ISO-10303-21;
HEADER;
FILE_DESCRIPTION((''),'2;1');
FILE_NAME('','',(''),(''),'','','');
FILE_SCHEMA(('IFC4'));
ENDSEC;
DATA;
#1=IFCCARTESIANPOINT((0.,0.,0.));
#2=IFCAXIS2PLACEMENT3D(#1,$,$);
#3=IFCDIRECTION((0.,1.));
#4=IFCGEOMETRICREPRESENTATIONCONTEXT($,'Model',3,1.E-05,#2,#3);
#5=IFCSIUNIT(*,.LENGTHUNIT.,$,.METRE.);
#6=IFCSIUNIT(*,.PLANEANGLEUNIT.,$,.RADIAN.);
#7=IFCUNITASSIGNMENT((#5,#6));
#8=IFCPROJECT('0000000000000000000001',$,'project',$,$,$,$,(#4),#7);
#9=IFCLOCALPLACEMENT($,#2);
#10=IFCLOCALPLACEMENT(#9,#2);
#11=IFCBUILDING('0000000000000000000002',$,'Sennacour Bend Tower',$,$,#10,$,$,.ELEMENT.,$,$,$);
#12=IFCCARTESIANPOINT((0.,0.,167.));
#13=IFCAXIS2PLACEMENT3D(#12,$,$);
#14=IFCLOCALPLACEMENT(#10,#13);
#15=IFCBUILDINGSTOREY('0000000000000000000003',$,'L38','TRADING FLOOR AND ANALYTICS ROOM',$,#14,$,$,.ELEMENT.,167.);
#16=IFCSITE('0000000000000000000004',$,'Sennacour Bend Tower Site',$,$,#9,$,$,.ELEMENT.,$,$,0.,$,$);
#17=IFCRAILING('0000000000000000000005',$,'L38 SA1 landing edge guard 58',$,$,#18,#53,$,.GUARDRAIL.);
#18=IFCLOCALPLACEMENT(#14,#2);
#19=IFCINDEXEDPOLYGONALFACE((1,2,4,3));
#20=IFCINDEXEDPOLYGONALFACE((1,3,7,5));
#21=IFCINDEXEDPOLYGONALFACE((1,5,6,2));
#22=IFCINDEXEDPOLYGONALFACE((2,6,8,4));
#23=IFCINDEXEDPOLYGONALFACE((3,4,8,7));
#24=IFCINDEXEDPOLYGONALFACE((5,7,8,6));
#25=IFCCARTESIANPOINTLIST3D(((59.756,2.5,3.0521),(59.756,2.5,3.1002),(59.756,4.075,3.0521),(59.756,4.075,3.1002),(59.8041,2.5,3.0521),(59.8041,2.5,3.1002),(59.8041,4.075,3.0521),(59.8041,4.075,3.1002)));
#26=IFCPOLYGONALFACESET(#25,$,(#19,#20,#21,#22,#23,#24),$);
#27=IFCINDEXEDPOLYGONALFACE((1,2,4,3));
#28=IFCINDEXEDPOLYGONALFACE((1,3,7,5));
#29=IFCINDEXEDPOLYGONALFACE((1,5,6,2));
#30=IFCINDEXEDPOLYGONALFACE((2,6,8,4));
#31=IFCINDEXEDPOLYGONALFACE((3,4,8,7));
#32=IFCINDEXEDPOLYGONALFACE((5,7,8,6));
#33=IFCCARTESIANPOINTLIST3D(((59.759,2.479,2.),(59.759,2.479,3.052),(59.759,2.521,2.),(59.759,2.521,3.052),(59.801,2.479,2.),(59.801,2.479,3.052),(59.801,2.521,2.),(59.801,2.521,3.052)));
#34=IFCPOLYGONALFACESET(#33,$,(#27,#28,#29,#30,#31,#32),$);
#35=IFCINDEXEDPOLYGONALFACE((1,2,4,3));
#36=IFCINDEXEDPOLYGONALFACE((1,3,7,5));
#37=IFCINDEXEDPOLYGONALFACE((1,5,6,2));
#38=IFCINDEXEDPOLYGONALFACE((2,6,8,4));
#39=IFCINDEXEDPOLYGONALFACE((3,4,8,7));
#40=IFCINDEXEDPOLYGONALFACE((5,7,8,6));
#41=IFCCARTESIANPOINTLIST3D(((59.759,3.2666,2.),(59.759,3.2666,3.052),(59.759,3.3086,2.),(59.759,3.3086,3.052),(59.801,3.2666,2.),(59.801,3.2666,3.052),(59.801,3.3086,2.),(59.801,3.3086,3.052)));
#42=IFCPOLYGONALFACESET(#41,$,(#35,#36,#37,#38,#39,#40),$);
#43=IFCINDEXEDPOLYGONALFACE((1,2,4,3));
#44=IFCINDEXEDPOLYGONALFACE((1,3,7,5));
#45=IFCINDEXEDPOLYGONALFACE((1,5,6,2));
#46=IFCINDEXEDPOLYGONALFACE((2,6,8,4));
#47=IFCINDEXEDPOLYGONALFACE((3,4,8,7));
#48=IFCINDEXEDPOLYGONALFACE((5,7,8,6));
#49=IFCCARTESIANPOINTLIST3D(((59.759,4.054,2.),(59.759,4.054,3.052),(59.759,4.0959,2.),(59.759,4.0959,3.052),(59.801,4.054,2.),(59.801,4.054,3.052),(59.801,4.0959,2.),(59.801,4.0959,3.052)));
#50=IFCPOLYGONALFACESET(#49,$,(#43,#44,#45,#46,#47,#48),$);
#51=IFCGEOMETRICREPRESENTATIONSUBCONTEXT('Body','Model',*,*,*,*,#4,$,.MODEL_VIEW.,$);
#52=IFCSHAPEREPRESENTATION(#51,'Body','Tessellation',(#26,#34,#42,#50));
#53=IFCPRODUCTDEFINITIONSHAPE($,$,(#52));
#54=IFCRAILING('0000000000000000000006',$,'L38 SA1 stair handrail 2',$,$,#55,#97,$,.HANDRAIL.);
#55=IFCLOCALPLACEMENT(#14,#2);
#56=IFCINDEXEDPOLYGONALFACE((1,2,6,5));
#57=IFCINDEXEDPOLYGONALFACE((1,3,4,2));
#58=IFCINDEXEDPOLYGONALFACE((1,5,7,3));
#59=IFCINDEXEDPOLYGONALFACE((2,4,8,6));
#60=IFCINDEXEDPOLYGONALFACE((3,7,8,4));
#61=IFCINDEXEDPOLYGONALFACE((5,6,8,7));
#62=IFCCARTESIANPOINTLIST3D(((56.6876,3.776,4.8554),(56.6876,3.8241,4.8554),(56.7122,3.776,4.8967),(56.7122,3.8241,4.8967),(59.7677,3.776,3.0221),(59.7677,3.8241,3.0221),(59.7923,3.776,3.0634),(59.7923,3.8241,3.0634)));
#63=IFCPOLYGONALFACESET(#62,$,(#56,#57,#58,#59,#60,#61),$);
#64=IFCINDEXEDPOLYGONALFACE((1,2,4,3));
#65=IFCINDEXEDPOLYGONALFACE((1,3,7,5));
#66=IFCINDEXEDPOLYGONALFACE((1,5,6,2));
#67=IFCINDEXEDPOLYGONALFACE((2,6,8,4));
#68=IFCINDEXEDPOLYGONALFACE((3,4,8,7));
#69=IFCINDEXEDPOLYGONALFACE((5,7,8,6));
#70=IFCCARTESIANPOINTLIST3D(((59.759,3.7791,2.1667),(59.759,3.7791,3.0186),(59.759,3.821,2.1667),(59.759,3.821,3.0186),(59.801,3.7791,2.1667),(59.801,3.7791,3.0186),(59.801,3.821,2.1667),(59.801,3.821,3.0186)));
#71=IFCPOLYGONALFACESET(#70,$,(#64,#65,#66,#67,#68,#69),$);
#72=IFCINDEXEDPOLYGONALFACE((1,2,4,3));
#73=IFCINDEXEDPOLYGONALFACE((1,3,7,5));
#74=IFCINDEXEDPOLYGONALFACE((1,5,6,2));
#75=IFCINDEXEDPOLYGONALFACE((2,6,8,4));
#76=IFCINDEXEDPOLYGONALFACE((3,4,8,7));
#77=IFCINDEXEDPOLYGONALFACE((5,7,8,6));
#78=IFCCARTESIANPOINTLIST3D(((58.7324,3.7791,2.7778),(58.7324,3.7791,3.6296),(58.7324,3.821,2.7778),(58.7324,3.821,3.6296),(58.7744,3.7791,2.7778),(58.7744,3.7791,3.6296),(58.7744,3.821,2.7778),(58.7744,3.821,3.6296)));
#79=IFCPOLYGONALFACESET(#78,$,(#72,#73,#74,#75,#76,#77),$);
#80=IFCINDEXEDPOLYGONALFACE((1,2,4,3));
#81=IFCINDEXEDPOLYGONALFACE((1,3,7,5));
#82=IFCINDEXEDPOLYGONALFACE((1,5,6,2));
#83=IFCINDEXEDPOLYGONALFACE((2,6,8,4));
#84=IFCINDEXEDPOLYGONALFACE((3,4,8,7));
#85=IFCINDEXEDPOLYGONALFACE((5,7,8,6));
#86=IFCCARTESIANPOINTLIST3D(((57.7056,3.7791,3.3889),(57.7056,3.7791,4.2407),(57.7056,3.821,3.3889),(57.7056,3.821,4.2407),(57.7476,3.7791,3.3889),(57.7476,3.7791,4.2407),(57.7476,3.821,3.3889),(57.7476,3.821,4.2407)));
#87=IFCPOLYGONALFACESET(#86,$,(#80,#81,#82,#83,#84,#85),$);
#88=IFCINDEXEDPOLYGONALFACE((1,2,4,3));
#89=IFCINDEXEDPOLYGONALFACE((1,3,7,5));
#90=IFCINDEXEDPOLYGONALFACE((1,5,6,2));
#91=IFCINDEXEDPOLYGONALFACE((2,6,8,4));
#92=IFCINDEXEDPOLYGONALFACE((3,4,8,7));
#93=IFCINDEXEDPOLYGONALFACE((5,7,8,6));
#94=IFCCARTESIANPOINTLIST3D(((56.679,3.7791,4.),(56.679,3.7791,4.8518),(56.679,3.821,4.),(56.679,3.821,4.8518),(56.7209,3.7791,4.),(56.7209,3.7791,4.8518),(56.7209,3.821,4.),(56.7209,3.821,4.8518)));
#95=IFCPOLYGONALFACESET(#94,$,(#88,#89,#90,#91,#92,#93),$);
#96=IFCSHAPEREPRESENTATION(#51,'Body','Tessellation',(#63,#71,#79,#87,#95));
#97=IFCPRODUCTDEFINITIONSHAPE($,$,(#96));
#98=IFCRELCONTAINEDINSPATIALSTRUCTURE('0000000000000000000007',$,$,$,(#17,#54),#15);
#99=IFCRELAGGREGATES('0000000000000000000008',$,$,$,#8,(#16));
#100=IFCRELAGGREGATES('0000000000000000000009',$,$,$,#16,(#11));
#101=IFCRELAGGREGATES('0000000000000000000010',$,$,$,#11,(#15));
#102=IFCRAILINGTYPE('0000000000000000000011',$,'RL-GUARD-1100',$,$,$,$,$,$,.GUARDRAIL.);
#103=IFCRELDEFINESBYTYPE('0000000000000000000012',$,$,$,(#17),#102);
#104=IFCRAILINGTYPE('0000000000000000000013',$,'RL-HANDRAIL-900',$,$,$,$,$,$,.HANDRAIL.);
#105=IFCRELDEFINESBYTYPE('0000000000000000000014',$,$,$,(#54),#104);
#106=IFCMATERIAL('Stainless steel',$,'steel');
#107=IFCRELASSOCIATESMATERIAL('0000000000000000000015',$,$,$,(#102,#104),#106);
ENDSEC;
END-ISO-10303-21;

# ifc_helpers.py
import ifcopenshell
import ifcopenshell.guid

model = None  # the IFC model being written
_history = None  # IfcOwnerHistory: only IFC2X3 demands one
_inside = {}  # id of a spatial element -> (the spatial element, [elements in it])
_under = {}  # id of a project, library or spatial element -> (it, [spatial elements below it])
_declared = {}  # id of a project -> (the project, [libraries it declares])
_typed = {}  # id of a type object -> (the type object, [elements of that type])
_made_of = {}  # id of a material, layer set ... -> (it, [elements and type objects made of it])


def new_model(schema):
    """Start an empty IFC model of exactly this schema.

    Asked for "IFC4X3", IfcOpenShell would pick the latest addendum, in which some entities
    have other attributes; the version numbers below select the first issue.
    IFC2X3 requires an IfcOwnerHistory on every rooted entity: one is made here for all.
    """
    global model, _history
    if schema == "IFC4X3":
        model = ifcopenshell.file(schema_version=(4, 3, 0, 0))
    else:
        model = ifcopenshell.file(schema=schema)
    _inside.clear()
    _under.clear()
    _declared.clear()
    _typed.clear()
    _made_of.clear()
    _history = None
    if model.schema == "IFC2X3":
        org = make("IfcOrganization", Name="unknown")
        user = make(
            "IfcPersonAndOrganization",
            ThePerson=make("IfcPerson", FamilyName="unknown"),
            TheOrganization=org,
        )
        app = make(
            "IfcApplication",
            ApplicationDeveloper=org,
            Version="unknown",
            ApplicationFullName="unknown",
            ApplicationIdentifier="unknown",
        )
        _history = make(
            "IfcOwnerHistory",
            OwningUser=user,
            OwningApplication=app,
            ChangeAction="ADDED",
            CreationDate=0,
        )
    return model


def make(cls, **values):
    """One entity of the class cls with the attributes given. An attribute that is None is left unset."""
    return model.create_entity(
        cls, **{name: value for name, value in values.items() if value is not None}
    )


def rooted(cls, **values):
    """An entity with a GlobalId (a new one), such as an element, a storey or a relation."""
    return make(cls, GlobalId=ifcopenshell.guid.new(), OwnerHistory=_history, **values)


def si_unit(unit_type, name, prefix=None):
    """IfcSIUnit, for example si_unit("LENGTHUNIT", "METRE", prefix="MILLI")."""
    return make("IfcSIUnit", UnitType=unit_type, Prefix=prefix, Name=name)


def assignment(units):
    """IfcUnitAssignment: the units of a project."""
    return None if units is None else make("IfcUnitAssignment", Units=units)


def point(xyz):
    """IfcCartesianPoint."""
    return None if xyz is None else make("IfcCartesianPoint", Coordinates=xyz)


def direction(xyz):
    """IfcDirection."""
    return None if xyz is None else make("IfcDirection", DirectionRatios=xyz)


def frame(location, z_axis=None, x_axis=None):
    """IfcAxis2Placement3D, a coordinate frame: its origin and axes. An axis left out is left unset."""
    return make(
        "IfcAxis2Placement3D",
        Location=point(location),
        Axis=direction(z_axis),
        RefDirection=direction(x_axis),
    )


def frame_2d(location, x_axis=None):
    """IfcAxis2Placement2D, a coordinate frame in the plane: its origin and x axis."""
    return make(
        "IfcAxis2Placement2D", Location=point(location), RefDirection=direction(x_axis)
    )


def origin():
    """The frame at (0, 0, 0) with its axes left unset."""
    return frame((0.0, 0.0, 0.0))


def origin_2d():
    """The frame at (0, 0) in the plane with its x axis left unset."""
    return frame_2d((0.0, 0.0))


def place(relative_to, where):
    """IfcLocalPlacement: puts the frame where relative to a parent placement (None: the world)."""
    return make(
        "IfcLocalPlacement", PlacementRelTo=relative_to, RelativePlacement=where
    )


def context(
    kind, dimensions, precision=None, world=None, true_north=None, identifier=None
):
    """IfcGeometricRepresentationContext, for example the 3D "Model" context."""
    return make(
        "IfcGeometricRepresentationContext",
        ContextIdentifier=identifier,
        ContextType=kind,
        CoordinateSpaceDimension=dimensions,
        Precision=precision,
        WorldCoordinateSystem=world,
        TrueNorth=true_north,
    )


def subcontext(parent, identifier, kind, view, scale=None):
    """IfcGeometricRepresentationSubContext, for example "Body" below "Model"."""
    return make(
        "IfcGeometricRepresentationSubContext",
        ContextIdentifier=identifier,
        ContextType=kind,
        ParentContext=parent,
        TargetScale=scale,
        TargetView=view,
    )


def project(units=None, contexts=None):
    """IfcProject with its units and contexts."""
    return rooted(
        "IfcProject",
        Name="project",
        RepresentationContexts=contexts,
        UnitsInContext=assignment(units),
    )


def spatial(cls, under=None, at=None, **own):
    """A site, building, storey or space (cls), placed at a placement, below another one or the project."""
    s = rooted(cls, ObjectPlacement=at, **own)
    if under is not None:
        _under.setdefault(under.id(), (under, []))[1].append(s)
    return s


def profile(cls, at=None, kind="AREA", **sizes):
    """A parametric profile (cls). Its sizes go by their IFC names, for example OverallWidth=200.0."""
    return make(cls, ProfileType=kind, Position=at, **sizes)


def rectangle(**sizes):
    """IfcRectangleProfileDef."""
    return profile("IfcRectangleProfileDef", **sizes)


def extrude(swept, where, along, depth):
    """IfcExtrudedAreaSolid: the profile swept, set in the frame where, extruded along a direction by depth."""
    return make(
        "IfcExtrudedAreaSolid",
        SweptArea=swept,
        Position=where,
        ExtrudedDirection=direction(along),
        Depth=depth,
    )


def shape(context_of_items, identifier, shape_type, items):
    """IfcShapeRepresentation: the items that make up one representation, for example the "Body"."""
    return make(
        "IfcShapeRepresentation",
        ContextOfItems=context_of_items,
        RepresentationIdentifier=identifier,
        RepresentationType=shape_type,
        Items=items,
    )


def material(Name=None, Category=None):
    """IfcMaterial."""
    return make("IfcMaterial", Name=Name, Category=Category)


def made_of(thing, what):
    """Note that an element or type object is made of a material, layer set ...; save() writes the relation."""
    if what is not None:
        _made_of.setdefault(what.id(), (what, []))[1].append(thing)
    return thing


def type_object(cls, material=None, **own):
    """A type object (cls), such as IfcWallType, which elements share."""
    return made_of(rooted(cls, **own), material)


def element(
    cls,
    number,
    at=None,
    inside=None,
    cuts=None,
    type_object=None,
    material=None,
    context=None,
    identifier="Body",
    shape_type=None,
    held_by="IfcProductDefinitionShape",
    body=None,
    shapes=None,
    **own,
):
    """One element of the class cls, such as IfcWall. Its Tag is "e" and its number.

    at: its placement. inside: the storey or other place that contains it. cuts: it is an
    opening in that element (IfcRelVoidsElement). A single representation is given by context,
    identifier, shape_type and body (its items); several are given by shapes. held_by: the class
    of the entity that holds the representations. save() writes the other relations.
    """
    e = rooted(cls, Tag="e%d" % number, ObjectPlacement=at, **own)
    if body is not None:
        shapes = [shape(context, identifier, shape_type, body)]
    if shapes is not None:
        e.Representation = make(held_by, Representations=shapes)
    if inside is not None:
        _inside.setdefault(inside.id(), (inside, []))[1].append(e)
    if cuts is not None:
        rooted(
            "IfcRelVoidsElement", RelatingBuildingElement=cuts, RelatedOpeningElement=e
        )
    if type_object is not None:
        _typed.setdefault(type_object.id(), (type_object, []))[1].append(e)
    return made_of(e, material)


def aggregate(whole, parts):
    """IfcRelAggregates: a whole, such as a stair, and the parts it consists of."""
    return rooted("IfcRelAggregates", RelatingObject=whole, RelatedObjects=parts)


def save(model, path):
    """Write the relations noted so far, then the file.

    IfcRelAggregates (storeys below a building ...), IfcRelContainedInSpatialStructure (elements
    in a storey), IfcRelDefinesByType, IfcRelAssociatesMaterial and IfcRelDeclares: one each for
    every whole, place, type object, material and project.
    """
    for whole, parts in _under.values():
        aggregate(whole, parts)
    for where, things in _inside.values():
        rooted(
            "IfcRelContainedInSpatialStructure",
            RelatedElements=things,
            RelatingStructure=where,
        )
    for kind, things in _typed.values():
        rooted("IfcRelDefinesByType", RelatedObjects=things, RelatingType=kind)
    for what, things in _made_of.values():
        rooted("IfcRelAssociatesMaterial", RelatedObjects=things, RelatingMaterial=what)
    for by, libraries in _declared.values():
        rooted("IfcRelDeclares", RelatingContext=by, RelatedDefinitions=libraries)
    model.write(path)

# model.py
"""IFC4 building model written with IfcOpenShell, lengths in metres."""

from ifc_helpers import new_model, si_unit, direction, frame, origin, origin_2d, place, context, subcontext, project, spatial, rectangle, extrude, material, type_object, element, save


model = new_model("IFC4")

# Units and contexts
model_context = context("Model", 3, precision=1e-05, world=origin(), true_north=direction((0.0, 1.0)))
body_context = subcontext(model_context, "Body", "Model", "MODEL_VIEW")
ifc_project = project(units=[si_unit("LENGTHUNIT", "METRE"), si_unit("PLANEANGLEUNIT", "RADIAN")], contexts=[model_context])

# Site, building, storey
site_placement = place(None, origin())
site = spatial("IfcSite", under=ifc_project, at=site_placement, Name="Sennacour Bend Tower Site", CompositionType="ELEMENT", RefElevation=0.0)
building_placement = place(site_placement, origin())
building = spatial("IfcBuilding", under=site, at=building_placement, Name="Sennacour Bend Tower", CompositionType="ELEMENT")
storey_placement = place(building_placement, frame((0.0, 0.0, 167.0)))
storey = spatial("IfcBuildingStorey", under=building, at=storey_placement, Name="L38", Description="TRADING FLOOR AND ANALYTICS ROOM", CompositionType="ELEMENT", Elevation=167.0)

# Shared definitions
ifc_material_1 = material(Name="Stainless steel", Category="steel")

# Railings
railing_type_1 = type_object("IfcRailingType", Name="RL-GUARD-1100", PredefinedType="GUARDRAIL", material=ifc_material_1)
railing_1_placement = place(storey_placement, frame((59.78, 2.5, 2.0)))
element("IfcRailing", 1, at=railing_1_placement, inside=storey, type_object=railing_type_1, Name="L38 SA1 landing edge guard 58", PredefinedType="GUARDRAIL", context=body_context, shape_type="SweptSolid", body=[
    extrude(rectangle(XDim=0.0481, YDim=0.0481, at=origin_2d()), frame((0.0, 0.0, 1.0762), z_axis=(0.0, 1.0, 0.0), x_axis=(-1.0, 0.0, 0.0)), (0.0, 0.0, 1.0), 1.575),
    extrude(rectangle(XDim=0.042, YDim=0.042, at=origin_2d()), origin(), (0.0, 0.0, 1.0), 1.052),
    extrude(rectangle(XDim=0.042, YDim=0.042, at=origin_2d()), frame((0.0, 0.7876, 0.0)), (0.0, 0.0, 1.0), 1.052),
    extrude(rectangle(XDim=0.042, YDim=0.042, at=origin_2d()), frame((0.0, 1.575, 0.0)), (0.0, 0.0, 1.0), 1.052),
])
railing_type_2 = type_object("IfcRailingType", Name="RL-HANDRAIL-900", PredefinedType="HANDRAIL", material=ifc_material_1)
railing_2_placement = place(storey_placement, frame((59.78, 3.8, 2.1667)))
element("IfcRailing", 2, at=railing_2_placement, inside=storey, type_object=railing_type_2, Name="L38 SA1 stair handrail 2", PredefinedType="HANDRAIL", context=body_context, shape_type="SweptSolid", body=[
    extrude(rectangle(XDim=0.0481, YDim=0.0481, at=origin_2d()), frame((0.0, 0.0, 0.876), z_axis=(-0.859309, 0.0, 0.511458), x_axis=(0.0, -1.0, 0.0)), (0.0, 0.0, 1.0), 3.5845),
    extrude(rectangle(XDim=0.042, YDim=0.042, at=origin_2d()), origin(), (0.0, 0.0, 1.0), 0.8518),
    extrude(rectangle(XDim=0.042, YDim=0.042, at=origin_2d()), frame((-1.0266, 0.0, 0.6111)), (0.0, 0.0, 1.0), 0.8518),
    extrude(rectangle(XDim=0.042, YDim=0.042, at=origin_2d()), frame((-2.0535, 0.0, 1.2222)), (0.0, 0.0, 1.0), 0.8518),
    extrude(rectangle(XDim=0.042, YDim=0.042, at=origin_2d()), frame((-3.0801, 0.0, 1.8333)), (0.0, 0.0, 1.0), 0.8518),
])

save(model, "model.ifc")
